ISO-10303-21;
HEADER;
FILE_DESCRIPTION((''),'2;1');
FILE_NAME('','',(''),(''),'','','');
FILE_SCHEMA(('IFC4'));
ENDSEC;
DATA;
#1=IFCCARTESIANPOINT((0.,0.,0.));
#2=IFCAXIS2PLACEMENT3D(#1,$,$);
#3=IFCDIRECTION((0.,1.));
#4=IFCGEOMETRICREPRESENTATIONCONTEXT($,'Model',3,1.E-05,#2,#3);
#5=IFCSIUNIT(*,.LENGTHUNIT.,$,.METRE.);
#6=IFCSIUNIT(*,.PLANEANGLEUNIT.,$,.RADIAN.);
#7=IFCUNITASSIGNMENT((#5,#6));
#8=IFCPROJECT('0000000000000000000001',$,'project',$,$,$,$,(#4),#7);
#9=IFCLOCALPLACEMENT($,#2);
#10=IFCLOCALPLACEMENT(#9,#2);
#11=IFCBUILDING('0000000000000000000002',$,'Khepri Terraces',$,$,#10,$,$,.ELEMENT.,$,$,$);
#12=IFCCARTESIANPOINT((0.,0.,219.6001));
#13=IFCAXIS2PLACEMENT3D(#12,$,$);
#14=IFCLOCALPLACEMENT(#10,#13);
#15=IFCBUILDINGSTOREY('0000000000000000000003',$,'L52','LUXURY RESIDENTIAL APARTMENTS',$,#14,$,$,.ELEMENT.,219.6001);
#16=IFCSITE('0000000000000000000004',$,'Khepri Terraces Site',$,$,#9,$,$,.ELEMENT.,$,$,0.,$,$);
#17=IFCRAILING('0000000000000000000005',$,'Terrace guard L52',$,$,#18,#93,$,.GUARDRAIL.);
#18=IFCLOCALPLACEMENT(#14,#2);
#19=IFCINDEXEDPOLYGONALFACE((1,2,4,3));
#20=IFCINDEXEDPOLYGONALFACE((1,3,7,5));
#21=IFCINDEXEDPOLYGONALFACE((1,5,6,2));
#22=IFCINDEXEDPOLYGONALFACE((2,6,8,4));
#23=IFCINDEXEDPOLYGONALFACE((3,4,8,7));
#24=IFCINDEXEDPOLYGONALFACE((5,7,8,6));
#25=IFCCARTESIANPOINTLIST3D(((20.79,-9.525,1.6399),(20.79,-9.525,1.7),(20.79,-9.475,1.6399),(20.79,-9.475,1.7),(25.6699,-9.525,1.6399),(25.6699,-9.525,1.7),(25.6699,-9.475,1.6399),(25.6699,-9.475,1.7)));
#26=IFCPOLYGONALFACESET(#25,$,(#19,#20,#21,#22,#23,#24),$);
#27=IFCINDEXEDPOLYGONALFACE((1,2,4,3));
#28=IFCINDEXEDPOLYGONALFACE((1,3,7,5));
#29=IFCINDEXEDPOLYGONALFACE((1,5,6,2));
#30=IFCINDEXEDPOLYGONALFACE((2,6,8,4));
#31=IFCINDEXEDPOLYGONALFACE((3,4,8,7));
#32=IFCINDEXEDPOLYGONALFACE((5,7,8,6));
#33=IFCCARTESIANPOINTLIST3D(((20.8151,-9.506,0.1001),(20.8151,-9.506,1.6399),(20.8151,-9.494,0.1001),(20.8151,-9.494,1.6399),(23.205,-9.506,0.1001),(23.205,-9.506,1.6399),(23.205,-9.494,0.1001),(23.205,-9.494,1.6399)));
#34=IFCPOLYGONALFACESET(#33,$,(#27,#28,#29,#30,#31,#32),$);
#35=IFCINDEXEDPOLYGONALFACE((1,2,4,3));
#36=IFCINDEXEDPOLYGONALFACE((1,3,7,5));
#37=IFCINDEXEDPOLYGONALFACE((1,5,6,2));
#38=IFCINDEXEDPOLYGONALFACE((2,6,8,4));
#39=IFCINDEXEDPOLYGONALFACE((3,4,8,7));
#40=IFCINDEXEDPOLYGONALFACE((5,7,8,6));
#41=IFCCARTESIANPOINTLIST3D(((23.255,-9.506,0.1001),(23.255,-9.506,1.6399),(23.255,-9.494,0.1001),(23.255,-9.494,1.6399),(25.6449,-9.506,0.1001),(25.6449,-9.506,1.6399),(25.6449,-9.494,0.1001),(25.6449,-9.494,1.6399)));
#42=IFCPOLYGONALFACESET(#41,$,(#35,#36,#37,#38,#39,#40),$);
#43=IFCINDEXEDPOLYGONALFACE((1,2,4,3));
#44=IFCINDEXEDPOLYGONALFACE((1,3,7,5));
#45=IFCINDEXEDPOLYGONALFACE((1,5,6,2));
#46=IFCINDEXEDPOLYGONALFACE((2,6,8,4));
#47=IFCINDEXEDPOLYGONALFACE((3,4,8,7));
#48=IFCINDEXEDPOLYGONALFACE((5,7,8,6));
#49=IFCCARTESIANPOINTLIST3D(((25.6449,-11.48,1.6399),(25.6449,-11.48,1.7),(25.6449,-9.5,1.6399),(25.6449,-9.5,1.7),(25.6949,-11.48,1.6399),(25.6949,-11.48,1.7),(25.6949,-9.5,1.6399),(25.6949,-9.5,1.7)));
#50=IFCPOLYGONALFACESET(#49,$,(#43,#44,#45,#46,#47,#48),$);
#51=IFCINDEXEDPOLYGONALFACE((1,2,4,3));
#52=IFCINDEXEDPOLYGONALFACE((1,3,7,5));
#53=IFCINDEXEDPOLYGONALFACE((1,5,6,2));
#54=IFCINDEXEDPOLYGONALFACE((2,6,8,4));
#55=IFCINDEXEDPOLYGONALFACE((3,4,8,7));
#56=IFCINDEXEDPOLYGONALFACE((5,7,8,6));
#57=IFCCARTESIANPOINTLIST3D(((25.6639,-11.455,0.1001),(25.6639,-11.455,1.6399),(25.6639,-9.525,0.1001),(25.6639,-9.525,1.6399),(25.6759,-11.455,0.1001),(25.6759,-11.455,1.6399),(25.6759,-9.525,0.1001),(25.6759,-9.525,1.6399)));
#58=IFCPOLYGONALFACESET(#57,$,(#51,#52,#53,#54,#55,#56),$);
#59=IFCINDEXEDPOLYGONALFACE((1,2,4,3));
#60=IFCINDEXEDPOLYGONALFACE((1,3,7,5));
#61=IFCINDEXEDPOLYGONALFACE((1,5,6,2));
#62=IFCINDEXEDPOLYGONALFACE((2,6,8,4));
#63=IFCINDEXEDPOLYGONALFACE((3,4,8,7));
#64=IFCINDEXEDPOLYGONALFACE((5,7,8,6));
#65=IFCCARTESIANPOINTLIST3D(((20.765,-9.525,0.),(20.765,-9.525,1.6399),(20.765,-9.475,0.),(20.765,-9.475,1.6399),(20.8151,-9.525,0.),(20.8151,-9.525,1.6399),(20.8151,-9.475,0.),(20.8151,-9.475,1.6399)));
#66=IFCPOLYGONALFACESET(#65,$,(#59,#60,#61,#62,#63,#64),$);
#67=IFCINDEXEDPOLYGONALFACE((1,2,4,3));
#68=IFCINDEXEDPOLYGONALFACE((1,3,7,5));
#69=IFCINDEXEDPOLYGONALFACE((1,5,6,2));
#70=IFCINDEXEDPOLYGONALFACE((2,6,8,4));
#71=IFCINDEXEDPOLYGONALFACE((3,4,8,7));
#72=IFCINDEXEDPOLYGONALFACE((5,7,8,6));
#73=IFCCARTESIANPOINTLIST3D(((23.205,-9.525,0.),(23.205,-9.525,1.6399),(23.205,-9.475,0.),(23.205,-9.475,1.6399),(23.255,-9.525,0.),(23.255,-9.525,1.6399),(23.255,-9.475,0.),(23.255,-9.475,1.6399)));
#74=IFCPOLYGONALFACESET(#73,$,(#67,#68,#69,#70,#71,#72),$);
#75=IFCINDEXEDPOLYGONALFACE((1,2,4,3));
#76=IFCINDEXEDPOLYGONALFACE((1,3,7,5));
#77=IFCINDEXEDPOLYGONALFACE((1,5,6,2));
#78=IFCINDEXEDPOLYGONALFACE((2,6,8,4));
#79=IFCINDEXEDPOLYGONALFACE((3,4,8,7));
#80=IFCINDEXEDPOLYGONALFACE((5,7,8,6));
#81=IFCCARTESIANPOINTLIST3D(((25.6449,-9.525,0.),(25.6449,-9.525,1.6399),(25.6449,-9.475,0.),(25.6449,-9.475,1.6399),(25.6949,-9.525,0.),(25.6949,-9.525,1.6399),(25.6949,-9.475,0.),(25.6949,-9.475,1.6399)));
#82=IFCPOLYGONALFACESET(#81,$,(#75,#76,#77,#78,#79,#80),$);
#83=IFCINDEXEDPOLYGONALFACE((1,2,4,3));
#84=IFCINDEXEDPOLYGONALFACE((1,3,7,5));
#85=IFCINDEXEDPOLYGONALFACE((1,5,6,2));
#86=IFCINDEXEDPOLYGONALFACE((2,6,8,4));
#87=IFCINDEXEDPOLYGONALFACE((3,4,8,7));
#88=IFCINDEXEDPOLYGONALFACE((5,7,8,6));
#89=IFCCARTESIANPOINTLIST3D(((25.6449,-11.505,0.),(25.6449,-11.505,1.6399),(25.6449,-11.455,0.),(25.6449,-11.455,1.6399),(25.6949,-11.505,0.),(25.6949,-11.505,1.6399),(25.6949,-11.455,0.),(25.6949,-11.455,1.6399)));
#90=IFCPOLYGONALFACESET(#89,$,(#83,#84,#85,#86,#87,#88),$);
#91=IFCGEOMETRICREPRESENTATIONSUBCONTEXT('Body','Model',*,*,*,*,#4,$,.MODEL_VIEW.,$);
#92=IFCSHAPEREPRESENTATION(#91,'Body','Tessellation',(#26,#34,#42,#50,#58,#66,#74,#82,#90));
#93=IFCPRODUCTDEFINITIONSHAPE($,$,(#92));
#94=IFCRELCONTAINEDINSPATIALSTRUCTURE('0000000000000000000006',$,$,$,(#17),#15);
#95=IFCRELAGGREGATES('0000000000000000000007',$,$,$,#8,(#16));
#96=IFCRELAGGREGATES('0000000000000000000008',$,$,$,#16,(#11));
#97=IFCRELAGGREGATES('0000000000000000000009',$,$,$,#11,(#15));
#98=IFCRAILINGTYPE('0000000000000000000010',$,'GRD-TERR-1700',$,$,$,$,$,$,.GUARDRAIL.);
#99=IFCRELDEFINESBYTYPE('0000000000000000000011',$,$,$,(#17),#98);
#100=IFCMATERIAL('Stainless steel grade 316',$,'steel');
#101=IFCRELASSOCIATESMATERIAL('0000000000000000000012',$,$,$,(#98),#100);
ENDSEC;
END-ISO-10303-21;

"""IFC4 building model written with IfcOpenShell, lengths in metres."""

from ifc_helpers import new_model, si_unit, direction, frame, origin, origin_2d, place, context, subcontext, project, spatial, rectangle, extrude, material, type_object, element, save


model = new_model("IFC4")

# Units and contexts
model_context = context("Model", 3, precision=1e-05, world=origin(), true_north=direction((0.0, 1.0)))
body_context = subcontext(model_context, "Body", "Model", "MODEL_VIEW")
ifc_project = project(units=[si_unit("LENGTHUNIT", "METRE"), si_unit("PLANEANGLEUNIT", "RADIAN")], contexts=[model_context])

# Site, building, storey
site_placement = place(None, origin())
site = spatial("IfcSite", under=ifc_project, at=site_placement, Name="Khepri Terraces Site", CompositionType="ELEMENT", RefElevation=0.0)
building_placement = place(site_placement, origin())
building = spatial("IfcBuilding", under=site, at=building_placement, Name="Khepri Terraces", CompositionType="ELEMENT")
storey_placement = place(building_placement, frame((0.0, 0.0, 219.6001)))
storey = spatial("IfcBuildingStorey", under=building, at=storey_placement, Name="L52", Description="LUXURY RESIDENTIAL APARTMENTS", CompositionType="ELEMENT", Elevation=219.6001)

# Railing
ifc_material_1 = material(Name="Stainless steel grade 316", Category="steel")
railing_type = type_object("IfcRailingType", Name="GRD-TERR-1700", PredefinedType="GUARDRAIL", material=ifc_material_1)
railing_placement = place(storey_placement, frame((20.79, -9.5, 0.0)))
element("IfcRailing", 1, at=railing_placement, inside=storey, type_object=railing_type, Name="Terrace guard L52", PredefinedType="GUARDRAIL", context=body_context, shape_type="SweptSolid", body=[
    extrude(rectangle(XDim=0.05, YDim=0.0601, at=origin_2d()), frame((0.0, 0.0, 1.6699), z_axis=(1.0, 0.0, 0.0), x_axis=(0.0, 1.0, 0.0)), (0.0, 0.0, 1.0), 4.8799),
    extrude(rectangle(XDim=2.3899, YDim=0.012, at=origin_2d()), frame((1.22, 0.0, 0.1001), z_axis=(0.0, 0.0, 1.0), x_axis=(1.0, 0.0, 0.0)), (0.0, 0.0, 1.0), 1.5398),
    extrude(rectangle(XDim=2.3899, YDim=0.012, at=origin_2d()), frame((3.6599, 0.0, 0.1001), z_axis=(0.0, 0.0, 1.0), x_axis=(1.0, 0.0, 0.0)), (0.0, 0.0, 1.0), 1.5398),
    extrude(rectangle(XDim=0.05, YDim=0.0601, at=origin_2d()), frame((4.8799, 0.0, 1.6699), z_axis=(0.0, -1.0, 0.0), x_axis=(1.0, 0.0, 0.0)), (0.0, 0.0, 1.0), 1.98),
    extrude(rectangle(XDim=1.9299, YDim=0.012, at=origin_2d()), frame((4.8799, -0.99, 0.1001), z_axis=(0.0, 0.0, 1.0), x_axis=(0.0, -1.0, 0.0)), (0.0, 0.0, 1.0), 1.5398),
    extrude(rectangle(XDim=0.05, YDim=0.05, at=origin_2d()), origin(), (0.0, 0.0, 1.0), 1.6399),
    extrude(rectangle(XDim=0.05, YDim=0.05, at=origin_2d()), frame((2.4399, 0.0, 0.0)), (0.0, 0.0, 1.0), 1.6399),
    extrude(rectangle(XDim=0.05, YDim=0.05, at=origin_2d()), frame((4.8799, 0.0, 0.0)), (0.0, 0.0, 1.0), 1.6399),
    extrude(rectangle(XDim=0.05, YDim=0.05, at=origin_2d()), frame((4.8799, -1.98, 0.0)), (0.0, 0.0, 1.0), 1.6399),
])

save(model, "model.ifc")
